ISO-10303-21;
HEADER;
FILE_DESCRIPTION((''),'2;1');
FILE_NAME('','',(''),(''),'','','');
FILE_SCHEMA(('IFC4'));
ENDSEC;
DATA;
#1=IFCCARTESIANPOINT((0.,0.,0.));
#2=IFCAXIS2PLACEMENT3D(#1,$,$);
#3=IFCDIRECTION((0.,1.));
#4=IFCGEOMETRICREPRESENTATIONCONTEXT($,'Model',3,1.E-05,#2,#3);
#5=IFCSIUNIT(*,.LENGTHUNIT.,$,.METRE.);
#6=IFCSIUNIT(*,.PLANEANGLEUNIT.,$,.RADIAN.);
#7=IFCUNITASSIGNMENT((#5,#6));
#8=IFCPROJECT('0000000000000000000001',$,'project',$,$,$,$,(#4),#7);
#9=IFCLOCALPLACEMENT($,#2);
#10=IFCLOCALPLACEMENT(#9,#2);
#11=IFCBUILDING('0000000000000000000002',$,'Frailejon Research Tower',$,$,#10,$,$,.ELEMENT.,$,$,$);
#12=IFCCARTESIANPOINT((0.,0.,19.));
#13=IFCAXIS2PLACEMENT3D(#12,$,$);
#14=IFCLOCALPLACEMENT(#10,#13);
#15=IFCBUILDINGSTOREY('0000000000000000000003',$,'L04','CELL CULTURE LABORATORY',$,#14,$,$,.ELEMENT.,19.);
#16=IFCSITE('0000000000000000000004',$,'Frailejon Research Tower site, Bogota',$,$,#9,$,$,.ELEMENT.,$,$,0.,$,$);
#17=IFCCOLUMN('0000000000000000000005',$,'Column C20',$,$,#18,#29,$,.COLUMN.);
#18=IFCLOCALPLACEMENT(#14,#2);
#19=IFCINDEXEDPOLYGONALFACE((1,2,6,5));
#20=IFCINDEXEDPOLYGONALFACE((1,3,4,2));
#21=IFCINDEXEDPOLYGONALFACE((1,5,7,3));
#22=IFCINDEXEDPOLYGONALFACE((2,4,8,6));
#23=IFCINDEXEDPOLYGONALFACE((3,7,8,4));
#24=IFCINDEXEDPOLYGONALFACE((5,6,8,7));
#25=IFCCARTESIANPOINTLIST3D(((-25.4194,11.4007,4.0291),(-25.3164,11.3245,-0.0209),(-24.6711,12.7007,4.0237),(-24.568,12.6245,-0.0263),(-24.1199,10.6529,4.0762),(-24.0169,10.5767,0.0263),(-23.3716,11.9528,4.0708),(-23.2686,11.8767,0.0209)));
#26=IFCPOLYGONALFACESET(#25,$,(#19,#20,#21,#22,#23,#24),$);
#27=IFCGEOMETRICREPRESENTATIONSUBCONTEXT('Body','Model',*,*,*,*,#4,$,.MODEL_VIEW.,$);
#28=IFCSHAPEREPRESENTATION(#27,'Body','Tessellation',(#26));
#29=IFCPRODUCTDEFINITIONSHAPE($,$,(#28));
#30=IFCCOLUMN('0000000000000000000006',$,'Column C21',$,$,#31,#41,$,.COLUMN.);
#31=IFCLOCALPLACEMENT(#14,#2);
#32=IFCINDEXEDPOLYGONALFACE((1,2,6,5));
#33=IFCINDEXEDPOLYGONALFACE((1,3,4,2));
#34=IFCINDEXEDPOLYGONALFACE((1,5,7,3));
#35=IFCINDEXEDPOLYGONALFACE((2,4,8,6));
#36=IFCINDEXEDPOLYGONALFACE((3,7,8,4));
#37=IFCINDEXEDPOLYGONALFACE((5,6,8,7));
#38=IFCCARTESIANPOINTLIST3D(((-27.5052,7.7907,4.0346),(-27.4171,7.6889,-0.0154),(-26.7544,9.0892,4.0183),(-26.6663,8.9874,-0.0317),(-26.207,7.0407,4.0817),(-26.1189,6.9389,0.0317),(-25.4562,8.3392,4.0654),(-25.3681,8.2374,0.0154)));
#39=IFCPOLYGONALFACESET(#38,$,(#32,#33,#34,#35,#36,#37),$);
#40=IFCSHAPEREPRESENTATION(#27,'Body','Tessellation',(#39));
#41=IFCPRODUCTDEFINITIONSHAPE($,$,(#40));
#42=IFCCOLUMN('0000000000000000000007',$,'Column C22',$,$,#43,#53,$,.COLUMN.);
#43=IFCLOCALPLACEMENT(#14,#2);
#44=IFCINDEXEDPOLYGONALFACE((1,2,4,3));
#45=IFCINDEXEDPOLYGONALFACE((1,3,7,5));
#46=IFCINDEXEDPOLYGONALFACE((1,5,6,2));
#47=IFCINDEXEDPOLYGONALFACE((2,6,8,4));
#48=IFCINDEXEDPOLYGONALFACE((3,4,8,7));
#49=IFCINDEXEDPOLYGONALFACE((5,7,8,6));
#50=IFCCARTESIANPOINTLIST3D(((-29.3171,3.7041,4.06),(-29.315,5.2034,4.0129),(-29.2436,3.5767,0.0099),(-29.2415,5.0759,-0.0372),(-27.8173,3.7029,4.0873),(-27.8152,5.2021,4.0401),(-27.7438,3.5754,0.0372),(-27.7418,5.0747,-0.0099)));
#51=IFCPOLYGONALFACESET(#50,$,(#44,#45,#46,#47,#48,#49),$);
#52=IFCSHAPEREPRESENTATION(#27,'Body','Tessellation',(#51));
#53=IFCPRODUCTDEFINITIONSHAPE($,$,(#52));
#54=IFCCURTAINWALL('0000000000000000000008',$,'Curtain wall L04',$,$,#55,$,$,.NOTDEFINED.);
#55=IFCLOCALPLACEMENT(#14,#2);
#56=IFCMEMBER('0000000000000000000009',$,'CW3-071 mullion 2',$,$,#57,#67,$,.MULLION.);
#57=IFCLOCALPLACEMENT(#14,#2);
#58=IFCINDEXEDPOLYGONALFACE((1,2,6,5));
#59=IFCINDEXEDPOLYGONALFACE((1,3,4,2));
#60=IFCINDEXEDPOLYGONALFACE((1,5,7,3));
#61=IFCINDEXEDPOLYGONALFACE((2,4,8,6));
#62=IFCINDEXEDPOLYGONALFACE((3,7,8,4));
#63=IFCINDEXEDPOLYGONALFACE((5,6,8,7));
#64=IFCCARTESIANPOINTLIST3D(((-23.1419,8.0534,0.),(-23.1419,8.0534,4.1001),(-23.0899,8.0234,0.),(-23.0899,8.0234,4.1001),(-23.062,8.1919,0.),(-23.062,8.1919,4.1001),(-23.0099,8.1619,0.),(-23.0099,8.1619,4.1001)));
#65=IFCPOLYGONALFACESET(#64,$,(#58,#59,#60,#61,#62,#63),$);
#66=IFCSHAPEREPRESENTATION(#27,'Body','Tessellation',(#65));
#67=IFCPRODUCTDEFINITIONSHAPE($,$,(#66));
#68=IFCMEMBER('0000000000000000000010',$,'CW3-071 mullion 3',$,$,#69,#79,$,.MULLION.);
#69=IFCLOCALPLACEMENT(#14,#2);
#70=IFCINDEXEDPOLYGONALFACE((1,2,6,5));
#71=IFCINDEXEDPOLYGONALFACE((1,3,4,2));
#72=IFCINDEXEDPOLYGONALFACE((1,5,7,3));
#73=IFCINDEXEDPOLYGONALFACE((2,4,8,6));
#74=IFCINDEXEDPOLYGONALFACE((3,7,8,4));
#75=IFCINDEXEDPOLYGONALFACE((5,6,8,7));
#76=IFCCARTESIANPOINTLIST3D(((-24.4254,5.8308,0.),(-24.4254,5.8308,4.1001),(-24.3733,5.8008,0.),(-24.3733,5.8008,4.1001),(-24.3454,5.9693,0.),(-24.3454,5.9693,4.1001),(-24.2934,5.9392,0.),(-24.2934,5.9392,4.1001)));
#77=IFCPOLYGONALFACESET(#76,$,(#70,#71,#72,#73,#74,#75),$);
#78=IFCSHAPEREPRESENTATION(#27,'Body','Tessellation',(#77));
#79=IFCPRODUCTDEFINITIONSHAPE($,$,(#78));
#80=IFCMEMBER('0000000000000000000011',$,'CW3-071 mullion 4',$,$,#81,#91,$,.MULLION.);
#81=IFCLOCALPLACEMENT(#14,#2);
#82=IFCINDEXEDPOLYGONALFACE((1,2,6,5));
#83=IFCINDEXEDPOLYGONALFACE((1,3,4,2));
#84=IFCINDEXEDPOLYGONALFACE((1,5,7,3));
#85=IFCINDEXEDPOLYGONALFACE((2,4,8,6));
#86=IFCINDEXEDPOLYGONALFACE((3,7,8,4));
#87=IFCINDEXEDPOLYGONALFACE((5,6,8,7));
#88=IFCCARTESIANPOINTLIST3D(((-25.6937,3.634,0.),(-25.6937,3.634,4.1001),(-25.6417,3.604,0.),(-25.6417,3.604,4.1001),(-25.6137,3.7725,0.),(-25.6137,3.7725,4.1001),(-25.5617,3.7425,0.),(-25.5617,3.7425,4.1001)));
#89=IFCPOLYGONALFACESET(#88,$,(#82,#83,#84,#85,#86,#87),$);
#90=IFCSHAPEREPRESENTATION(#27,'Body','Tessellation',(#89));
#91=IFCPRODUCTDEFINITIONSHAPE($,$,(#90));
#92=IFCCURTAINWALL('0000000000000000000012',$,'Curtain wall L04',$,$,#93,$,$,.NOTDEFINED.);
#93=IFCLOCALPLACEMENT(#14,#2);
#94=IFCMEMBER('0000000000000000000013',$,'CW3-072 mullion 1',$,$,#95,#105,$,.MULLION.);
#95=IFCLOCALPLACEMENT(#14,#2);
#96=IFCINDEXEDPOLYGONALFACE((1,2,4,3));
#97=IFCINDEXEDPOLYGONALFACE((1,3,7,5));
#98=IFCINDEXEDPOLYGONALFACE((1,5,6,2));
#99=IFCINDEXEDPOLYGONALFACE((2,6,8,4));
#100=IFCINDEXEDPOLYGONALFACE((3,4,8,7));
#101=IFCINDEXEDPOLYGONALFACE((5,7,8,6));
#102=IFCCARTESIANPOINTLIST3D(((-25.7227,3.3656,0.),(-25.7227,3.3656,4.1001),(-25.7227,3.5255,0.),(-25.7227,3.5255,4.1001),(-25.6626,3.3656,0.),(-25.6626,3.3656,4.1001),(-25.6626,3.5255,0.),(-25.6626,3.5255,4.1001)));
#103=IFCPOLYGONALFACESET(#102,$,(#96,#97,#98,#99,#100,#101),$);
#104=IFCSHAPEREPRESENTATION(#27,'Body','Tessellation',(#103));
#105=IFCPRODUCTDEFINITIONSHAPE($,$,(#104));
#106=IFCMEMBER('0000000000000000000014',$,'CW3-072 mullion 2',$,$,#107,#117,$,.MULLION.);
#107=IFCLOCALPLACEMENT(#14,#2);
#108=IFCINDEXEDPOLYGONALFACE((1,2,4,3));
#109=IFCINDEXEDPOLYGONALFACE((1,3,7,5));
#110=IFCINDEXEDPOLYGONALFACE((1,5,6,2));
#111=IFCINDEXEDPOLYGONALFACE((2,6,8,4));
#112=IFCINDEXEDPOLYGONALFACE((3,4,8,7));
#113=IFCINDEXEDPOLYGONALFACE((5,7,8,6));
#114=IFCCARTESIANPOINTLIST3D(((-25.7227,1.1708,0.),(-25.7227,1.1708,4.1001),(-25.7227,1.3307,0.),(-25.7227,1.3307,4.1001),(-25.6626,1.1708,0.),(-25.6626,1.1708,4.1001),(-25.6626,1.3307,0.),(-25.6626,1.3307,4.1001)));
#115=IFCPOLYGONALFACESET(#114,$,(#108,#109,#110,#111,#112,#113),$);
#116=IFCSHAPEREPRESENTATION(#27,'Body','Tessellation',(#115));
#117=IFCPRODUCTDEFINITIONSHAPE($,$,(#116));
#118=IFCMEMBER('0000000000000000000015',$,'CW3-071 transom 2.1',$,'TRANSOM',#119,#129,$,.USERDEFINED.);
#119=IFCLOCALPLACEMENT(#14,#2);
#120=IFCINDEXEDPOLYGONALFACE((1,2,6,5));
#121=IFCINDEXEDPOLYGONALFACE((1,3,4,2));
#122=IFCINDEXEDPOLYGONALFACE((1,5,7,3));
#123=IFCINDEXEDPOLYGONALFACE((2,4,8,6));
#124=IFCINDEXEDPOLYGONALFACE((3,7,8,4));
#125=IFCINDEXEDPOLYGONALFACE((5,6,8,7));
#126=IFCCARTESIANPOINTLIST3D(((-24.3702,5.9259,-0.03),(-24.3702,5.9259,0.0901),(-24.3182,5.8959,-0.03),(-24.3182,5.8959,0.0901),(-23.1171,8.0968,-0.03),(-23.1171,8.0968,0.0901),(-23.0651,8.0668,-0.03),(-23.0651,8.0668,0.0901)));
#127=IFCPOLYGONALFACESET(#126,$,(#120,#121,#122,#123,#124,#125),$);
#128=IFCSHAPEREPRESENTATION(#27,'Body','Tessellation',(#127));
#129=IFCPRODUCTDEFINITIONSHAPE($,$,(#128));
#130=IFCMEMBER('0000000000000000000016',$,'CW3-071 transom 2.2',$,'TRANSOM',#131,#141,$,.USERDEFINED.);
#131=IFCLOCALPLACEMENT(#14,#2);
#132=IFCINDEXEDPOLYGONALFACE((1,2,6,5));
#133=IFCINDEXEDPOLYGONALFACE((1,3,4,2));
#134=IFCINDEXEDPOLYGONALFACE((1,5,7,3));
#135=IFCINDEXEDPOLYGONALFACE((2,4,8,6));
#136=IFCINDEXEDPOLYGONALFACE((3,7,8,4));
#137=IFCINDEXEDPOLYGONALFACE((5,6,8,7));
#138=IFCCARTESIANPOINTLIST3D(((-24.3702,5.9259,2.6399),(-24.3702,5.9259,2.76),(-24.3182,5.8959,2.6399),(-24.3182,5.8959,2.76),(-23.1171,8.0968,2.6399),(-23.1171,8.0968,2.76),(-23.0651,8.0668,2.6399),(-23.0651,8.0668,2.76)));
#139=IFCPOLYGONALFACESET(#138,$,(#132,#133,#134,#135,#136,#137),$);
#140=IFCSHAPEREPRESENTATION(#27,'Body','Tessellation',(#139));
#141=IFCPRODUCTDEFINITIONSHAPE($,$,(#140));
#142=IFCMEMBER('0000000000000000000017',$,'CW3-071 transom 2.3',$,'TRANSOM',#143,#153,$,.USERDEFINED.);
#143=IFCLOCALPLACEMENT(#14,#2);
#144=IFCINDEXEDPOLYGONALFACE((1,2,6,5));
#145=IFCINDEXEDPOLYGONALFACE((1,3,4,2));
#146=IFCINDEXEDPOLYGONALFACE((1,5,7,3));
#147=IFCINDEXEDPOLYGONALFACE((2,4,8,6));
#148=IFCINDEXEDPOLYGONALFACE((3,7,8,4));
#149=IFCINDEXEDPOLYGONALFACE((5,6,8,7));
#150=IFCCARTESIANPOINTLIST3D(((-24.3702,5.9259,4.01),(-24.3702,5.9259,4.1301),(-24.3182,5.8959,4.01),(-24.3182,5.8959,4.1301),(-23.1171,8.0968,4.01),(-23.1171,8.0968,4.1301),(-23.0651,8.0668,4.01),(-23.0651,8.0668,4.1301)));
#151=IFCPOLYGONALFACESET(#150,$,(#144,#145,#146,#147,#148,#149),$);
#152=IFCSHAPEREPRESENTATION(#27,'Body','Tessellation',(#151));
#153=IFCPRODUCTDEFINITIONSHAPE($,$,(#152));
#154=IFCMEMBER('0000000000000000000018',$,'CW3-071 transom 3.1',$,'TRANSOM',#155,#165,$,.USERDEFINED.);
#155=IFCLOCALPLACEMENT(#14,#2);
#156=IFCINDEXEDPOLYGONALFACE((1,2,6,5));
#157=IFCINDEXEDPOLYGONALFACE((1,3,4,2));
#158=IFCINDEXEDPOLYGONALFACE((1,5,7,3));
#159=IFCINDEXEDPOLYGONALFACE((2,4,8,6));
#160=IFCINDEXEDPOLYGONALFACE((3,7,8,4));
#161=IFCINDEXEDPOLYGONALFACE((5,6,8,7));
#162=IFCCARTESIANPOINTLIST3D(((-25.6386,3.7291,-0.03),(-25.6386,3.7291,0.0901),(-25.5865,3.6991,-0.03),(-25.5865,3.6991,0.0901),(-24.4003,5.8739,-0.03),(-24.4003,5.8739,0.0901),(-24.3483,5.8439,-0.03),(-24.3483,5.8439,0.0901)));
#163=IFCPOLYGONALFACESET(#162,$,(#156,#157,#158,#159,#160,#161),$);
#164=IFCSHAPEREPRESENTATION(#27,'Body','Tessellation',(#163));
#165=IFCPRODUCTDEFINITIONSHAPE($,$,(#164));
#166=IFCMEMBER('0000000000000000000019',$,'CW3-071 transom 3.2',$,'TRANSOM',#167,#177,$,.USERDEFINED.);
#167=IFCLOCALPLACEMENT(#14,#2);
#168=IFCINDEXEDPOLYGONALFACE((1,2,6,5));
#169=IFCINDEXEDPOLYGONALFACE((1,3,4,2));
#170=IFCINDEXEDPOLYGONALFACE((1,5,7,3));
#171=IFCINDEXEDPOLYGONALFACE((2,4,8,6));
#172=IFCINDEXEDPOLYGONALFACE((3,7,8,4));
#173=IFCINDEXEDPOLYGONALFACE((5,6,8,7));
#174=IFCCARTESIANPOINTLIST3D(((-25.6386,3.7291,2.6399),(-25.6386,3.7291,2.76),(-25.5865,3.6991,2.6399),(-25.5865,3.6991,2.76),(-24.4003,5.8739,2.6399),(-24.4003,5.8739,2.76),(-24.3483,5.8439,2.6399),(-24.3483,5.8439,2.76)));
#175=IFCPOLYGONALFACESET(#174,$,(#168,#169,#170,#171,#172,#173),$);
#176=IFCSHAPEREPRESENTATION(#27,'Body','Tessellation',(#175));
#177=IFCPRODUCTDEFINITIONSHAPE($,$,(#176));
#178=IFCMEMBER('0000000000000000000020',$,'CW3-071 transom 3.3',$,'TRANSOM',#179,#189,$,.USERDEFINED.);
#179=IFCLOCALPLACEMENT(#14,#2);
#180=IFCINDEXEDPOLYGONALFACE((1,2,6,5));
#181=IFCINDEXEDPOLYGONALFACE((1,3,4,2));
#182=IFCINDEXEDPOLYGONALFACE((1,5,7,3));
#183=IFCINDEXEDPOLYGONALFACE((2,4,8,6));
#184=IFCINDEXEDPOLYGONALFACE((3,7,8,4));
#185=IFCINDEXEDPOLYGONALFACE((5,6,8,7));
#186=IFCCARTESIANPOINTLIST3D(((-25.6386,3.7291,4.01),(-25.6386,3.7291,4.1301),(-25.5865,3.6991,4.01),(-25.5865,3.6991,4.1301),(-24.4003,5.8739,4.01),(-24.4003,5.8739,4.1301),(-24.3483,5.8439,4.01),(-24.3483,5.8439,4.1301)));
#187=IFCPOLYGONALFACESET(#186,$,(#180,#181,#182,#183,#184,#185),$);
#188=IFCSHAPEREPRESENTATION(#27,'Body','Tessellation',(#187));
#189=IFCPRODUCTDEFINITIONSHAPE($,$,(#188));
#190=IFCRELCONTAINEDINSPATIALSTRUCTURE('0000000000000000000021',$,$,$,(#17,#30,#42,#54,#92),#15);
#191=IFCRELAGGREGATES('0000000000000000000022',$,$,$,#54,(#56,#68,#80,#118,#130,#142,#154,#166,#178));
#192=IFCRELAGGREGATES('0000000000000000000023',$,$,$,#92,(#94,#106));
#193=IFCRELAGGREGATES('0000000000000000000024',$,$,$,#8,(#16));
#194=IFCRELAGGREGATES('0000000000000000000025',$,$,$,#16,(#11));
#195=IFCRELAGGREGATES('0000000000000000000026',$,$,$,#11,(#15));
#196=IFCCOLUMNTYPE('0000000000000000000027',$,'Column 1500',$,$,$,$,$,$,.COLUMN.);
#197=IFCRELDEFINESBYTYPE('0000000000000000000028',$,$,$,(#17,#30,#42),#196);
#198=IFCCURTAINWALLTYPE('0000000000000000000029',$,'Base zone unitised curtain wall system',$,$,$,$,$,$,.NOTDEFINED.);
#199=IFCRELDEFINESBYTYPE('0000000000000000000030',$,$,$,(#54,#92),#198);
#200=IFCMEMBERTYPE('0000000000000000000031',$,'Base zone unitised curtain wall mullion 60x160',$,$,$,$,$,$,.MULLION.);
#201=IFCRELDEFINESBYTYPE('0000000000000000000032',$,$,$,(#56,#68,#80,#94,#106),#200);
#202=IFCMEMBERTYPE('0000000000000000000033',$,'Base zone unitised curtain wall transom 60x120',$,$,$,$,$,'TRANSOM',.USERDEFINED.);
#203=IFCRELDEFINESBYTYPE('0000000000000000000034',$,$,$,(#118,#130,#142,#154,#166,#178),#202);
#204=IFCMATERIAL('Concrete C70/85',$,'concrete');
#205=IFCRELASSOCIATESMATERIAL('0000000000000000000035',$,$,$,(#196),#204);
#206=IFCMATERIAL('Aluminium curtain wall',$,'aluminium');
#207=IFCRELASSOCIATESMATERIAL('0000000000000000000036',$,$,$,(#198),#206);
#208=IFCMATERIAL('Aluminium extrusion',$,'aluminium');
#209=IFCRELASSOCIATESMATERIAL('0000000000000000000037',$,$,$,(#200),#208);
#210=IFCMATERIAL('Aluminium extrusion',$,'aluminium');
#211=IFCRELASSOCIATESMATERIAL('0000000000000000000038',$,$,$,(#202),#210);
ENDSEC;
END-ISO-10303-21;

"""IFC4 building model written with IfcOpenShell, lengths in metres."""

from ifc_helpers import new_model, si_unit, direction, frame, origin, origin_2d, place, context, subcontext, project, spatial, rectangle, extrude, material, material_profile, profile_set, type_object, element, aggregate, save


model = new_model("IFC4")

# Units and contexts
model_context = context("Model", 3, precision=1e-05, world=origin(), true_north=direction((0.0, 1.0)))
body_context = subcontext(model_context, "Body", "Model", "MODEL_VIEW")
ifc_project = project(units=[si_unit("LENGTHUNIT", "METRE"), si_unit("PLANEANGLEUNIT", "RADIAN")], contexts=[model_context])

# Site, building, storey
site_placement = place(None, origin())
site = spatial("IfcSite", under=ifc_project, at=site_placement, Name="Frailejon Research Tower site, Bogota", CompositionType="ELEMENT", RefElevation=0.0)
building_placement = place(site_placement, origin())
building = spatial("IfcBuilding", under=site, at=building_placement, Name="Frailejon Research Tower", CompositionType="ELEMENT")
storey_placement = place(building_placement, frame((0.0, 0.0, 19.0)))
storey = spatial("IfcBuildingStorey", under=building, at=storey_placement, Name="L04", Description="CELL CULTURE LABORATORY", CompositionType="ELEMENT", Elevation=19.0)

# Columns
ifc_material_1 = material(Name="Concrete C70/85", Category="concrete")
ifc_material_profile_1 = material_profile(ifc_material_1, rectangle(XDim=1.5, YDim=1.5, at=origin_2d()), Name="Column 1500")
ifc_profile_set_1 = profile_set([ifc_material_profile_1], Name="Concrete C70/85")
column_type = type_object("IfcColumnType", Name="Column 1500", PredefinedType="COLUMN", material=ifc_profile_set_1)
column_1_placement = place(storey_placement, frame((-24.2925, 11.6006, 0.0), z_axis=(-0.025426, 0.018798, 0.9995), x_axis=(-0.498883, -0.866662, 0.003609)))
element("IfcColumn", 1, at=column_1_placement, inside=storey, type_object=column_type, Name="Column C20", PredefinedType="COLUMN", context=body_context, shape_type="SweptSolid", body=[
    extrude(rectangle(XDim=1.5, YDim=1.5, at=origin_2d()), origin(), (0.0, 0.0, 1.0), 4.052),
])
column_2_placement = place(storey_placement, frame((-26.3926, 7.9631, 0.0), z_axis=(-0.021749, 0.025123, 0.999448), x_axis=(-0.500502, -0.865667, 0.010869)))
element("IfcColumn", 2, at=column_2_placement, inside=storey, type_object=column_type, Name="Column C21", PredefinedType="COLUMN", context=body_context, shape_type="SweptSolid", body=[
    extrude(rectangle(XDim=1.5, YDim=1.5, at=origin_2d()), origin(), (0.0, 0.0, 1.0), 4.0522),
])
column_3_placement = place(storey_placement, frame((-28.4927, 4.3257, 0.0), z_axis=(-0.018133, 0.031446, 0.999341), x_axis=(-0.001396, -0.999505, 0.031426)))
element("IfcColumn", 3, at=column_3_placement, inside=storey, type_object=column_type, Name="Column C22", PredefinedType="COLUMN", context=body_context, shape_type="SweptSolid", body=[
    extrude(rectangle(XDim=1.5, YDim=1.5, at=origin_2d()), origin(), (0.0, 0.0, 1.0), 4.0527),
])

# Curtain walls, members
ifc_material_2 = material(Name="Aluminium curtain wall", Category="aluminium")
curtain_wall_type = type_object("IfcCurtainWallType", Name="Base zone unitised curtain wall system", PredefinedType="NOTDEFINED", material=ifc_material_2)
curtain_wall_1_placement = place(storey_placement, origin())
curtain_wall_1 = element("IfcCurtainWall", 4, at=curtain_wall_1_placement, inside=storey, type_object=curtain_wall_type, Name="Curtain wall L04", PredefinedType="NOTDEFINED")
ifc_material_3 = material(Name="Aluminium extrusion", Category="aluminium")
ifc_material_profile_2 = material_profile(ifc_material_3, rectangle(XDim=0.0601, YDim=0.1599, at=origin_2d()), Name="Base zone unitised curtain wall mullion 60x160")
ifc_profile_set_2 = profile_set([ifc_material_profile_2], Name="Aluminium extrusion")
member_type_1 = type_object("IfcMemberType", Name="Base zone unitised curtain wall mullion 60x160", PredefinedType="MULLION", material=ifc_profile_set_2)
member_1_placement = place(storey_placement, frame((-23.0759, 8.1077, 0.0), z_axis=(0.0, 0.0, 1.0), x_axis=(0.866025, -0.500001, 0.0)))
member_1 = element("IfcMember", 5, at=member_1_placement, type_object=member_type_1, Name="CW3-071 mullion 2", PredefinedType="MULLION", context=body_context, shape_type="SweptSolid", body=[
    extrude(rectangle(XDim=0.0601, YDim=0.1599, at=origin_2d()), origin(), (0.0, 0.0, 1.0), 4.1001),
])
member_2_placement = place(storey_placement, frame((-24.3594, 5.885, 0.0), z_axis=(0.0, 0.0, 1.0), x_axis=(0.866025, -0.500001, 0.0)))
member_2 = element("IfcMember", 6, at=member_2_placement, type_object=member_type_1, Name="CW3-071 mullion 3", PredefinedType="MULLION", context=body_context, shape_type="SweptSolid", body=[
    extrude(rectangle(XDim=0.0601, YDim=0.1599, at=origin_2d()), origin(), (0.0, 0.0, 1.0), 4.1001),
])
member_3_placement = place(storey_placement, frame((-25.6277, 3.6882, 0.0), z_axis=(0.0, 0.0, 1.0), x_axis=(0.866025, -0.500001, 0.0)))
member_3 = element("IfcMember", 7, at=member_3_placement, type_object=member_type_1, Name="CW3-071 mullion 4", PredefinedType="MULLION", context=body_context, shape_type="SweptSolid", body=[
    extrude(rectangle(XDim=0.0601, YDim=0.1599, at=origin_2d()), origin(), (0.0, 0.0, 1.0), 4.1001),
])
curtain_wall_2_placement = place(storey_placement, origin())
curtain_wall_2 = element("IfcCurtainWall", 8, at=curtain_wall_2_placement, inside=storey, type_object=curtain_wall_type, Name="Curtain wall L04", PredefinedType="NOTDEFINED")
member_4_placement = place(storey_placement, frame((-25.6926, 3.4456, 0.0), z_axis=(0.0, 0.0, 1.0), x_axis=(1.0, 0.0, 0.0)))
member_4 = element("IfcMember", 9, at=member_4_placement, type_object=member_type_1, Name="CW3-072 mullion 1", PredefinedType="MULLION", context=body_context, shape_type="SweptSolid", body=[
    extrude(rectangle(XDim=0.0601, YDim=0.1599, at=origin_2d()), origin(), (0.0, 0.0, 1.0), 4.1001),
])
member_5_placement = place(storey_placement, frame((-25.6926, 1.2507, 0.0), z_axis=(0.0, 0.0, 1.0), x_axis=(1.0, 0.0, 0.0)))
member_5 = element("IfcMember", 10, at=member_5_placement, type_object=member_type_1, Name="CW3-072 mullion 2", PredefinedType="MULLION", context=body_context, shape_type="SweptSolid", body=[
    extrude(rectangle(XDim=0.0601, YDim=0.1599, at=origin_2d()), origin(), (0.0, 0.0, 1.0), 4.1001),
])

# Members
ifc_material_4 = material(Name="Aluminium extrusion", Category="aluminium")
ifc_material_profile_3 = material_profile(ifc_material_4, rectangle(XDim=0.0601, YDim=0.1201, at=origin_2d()), Name="Base zone unitised curtain wall transom 60x120")
ifc_profile_set_3 = profile_set([ifc_material_profile_3], Name="Aluminium extrusion")
member_type_2 = type_object("IfcMemberType", Name="Base zone unitised curtain wall transom 60x120", ElementType="TRANSOM", PredefinedType="USERDEFINED", material=ifc_profile_set_3)
member_6_placement = place(storey_placement, frame((-23.0911, 8.0818, 0.03), z_axis=(-0.499942, -0.866059, 0.0), x_axis=(0.866059, -0.499942, 0.0)))
member_6 = element("IfcMember", 11, at=member_6_placement, type_object=member_type_2, Name="CW3-071 transom 2.1", ObjectType="TRANSOM", PredefinedType="USERDEFINED", context=body_context, shape_type="SweptSolid", body=[
    extrude(rectangle(XDim=0.0601, YDim=0.1201, at=origin_2d()), origin(), (0.0, 0.0, 1.0), 2.5066),
])
member_7_placement = place(storey_placement, frame((-23.0911, 8.0818, 2.7), z_axis=(-0.499942, -0.866059, 0.0), x_axis=(0.866059, -0.499942, 0.0)))
member_7 = element("IfcMember", 12, at=member_7_placement, type_object=member_type_2, Name="CW3-071 transom 2.2", ObjectType="TRANSOM", PredefinedType="USERDEFINED", context=body_context, shape_type="SweptSolid", body=[
    extrude(rectangle(XDim=0.0601, YDim=0.1201, at=origin_2d()), origin(), (0.0, 0.0, 1.0), 2.5066),
])
member_8_placement = place(storey_placement, frame((-23.0911, 8.0818, 4.0701), z_axis=(-0.499942, -0.866059, 0.0), x_axis=(0.866059, -0.499942, 0.0)))
member_8 = element("IfcMember", 13, at=member_8_placement, type_object=member_type_2, Name="CW3-071 transom 2.3", ObjectType="TRANSOM", PredefinedType="USERDEFINED", context=body_context, shape_type="SweptSolid", body=[
    extrude(rectangle(XDim=0.0601, YDim=0.1201, at=origin_2d()), origin(), (0.0, 0.0, 1.0), 2.5066),
])
member_9_placement = place(storey_placement, frame((-24.3743, 5.8589, 0.03), z_axis=(-0.499998, -0.866026, 0.0), x_axis=(0.866026, -0.499998, 0.0)))
member_9 = element("IfcMember", 14, at=member_9_placement, type_object=member_type_2, Name="CW3-071 transom 3.1", ObjectType="TRANSOM", PredefinedType="USERDEFINED", context=body_context, shape_type="SweptSolid", body=[
    extrude(rectangle(XDim=0.0601, YDim=0.1201, at=origin_2d()), origin(), (0.0, 0.0, 1.0), 2.4766),
])
member_10_placement = place(storey_placement, frame((-24.3743, 5.8589, 2.7), z_axis=(-0.499998, -0.866026, 0.0), x_axis=(0.866026, -0.499998, 0.0)))
member_10 = element("IfcMember", 15, at=member_10_placement, type_object=member_type_2, Name="CW3-071 transom 3.2", ObjectType="TRANSOM", PredefinedType="USERDEFINED", context=body_context, shape_type="SweptSolid", body=[
    extrude(rectangle(XDim=0.0601, YDim=0.1201, at=origin_2d()), origin(), (0.0, 0.0, 1.0), 2.4766),
])
member_11_placement = place(storey_placement, frame((-24.3743, 5.8589, 4.0701), z_axis=(-0.499998, -0.866026, 0.0), x_axis=(0.866026, -0.499998, 0.0)))
member_11 = element("IfcMember", 16, at=member_11_placement, type_object=member_type_2, Name="CW3-071 transom 3.3", ObjectType="TRANSOM", PredefinedType="USERDEFINED", context=body_context, shape_type="SweptSolid", body=[
    extrude(rectangle(XDim=0.0601, YDim=0.1201, at=origin_2d()), origin(), (0.0, 0.0, 1.0), 2.4766),
])

aggregate(curtain_wall_1, [member_1, member_2, member_3, member_6, member_7, member_8, member_9, member_10, member_11])
aggregate(curtain_wall_2, [member_4, member_5])

save(model, "model.ifc")
